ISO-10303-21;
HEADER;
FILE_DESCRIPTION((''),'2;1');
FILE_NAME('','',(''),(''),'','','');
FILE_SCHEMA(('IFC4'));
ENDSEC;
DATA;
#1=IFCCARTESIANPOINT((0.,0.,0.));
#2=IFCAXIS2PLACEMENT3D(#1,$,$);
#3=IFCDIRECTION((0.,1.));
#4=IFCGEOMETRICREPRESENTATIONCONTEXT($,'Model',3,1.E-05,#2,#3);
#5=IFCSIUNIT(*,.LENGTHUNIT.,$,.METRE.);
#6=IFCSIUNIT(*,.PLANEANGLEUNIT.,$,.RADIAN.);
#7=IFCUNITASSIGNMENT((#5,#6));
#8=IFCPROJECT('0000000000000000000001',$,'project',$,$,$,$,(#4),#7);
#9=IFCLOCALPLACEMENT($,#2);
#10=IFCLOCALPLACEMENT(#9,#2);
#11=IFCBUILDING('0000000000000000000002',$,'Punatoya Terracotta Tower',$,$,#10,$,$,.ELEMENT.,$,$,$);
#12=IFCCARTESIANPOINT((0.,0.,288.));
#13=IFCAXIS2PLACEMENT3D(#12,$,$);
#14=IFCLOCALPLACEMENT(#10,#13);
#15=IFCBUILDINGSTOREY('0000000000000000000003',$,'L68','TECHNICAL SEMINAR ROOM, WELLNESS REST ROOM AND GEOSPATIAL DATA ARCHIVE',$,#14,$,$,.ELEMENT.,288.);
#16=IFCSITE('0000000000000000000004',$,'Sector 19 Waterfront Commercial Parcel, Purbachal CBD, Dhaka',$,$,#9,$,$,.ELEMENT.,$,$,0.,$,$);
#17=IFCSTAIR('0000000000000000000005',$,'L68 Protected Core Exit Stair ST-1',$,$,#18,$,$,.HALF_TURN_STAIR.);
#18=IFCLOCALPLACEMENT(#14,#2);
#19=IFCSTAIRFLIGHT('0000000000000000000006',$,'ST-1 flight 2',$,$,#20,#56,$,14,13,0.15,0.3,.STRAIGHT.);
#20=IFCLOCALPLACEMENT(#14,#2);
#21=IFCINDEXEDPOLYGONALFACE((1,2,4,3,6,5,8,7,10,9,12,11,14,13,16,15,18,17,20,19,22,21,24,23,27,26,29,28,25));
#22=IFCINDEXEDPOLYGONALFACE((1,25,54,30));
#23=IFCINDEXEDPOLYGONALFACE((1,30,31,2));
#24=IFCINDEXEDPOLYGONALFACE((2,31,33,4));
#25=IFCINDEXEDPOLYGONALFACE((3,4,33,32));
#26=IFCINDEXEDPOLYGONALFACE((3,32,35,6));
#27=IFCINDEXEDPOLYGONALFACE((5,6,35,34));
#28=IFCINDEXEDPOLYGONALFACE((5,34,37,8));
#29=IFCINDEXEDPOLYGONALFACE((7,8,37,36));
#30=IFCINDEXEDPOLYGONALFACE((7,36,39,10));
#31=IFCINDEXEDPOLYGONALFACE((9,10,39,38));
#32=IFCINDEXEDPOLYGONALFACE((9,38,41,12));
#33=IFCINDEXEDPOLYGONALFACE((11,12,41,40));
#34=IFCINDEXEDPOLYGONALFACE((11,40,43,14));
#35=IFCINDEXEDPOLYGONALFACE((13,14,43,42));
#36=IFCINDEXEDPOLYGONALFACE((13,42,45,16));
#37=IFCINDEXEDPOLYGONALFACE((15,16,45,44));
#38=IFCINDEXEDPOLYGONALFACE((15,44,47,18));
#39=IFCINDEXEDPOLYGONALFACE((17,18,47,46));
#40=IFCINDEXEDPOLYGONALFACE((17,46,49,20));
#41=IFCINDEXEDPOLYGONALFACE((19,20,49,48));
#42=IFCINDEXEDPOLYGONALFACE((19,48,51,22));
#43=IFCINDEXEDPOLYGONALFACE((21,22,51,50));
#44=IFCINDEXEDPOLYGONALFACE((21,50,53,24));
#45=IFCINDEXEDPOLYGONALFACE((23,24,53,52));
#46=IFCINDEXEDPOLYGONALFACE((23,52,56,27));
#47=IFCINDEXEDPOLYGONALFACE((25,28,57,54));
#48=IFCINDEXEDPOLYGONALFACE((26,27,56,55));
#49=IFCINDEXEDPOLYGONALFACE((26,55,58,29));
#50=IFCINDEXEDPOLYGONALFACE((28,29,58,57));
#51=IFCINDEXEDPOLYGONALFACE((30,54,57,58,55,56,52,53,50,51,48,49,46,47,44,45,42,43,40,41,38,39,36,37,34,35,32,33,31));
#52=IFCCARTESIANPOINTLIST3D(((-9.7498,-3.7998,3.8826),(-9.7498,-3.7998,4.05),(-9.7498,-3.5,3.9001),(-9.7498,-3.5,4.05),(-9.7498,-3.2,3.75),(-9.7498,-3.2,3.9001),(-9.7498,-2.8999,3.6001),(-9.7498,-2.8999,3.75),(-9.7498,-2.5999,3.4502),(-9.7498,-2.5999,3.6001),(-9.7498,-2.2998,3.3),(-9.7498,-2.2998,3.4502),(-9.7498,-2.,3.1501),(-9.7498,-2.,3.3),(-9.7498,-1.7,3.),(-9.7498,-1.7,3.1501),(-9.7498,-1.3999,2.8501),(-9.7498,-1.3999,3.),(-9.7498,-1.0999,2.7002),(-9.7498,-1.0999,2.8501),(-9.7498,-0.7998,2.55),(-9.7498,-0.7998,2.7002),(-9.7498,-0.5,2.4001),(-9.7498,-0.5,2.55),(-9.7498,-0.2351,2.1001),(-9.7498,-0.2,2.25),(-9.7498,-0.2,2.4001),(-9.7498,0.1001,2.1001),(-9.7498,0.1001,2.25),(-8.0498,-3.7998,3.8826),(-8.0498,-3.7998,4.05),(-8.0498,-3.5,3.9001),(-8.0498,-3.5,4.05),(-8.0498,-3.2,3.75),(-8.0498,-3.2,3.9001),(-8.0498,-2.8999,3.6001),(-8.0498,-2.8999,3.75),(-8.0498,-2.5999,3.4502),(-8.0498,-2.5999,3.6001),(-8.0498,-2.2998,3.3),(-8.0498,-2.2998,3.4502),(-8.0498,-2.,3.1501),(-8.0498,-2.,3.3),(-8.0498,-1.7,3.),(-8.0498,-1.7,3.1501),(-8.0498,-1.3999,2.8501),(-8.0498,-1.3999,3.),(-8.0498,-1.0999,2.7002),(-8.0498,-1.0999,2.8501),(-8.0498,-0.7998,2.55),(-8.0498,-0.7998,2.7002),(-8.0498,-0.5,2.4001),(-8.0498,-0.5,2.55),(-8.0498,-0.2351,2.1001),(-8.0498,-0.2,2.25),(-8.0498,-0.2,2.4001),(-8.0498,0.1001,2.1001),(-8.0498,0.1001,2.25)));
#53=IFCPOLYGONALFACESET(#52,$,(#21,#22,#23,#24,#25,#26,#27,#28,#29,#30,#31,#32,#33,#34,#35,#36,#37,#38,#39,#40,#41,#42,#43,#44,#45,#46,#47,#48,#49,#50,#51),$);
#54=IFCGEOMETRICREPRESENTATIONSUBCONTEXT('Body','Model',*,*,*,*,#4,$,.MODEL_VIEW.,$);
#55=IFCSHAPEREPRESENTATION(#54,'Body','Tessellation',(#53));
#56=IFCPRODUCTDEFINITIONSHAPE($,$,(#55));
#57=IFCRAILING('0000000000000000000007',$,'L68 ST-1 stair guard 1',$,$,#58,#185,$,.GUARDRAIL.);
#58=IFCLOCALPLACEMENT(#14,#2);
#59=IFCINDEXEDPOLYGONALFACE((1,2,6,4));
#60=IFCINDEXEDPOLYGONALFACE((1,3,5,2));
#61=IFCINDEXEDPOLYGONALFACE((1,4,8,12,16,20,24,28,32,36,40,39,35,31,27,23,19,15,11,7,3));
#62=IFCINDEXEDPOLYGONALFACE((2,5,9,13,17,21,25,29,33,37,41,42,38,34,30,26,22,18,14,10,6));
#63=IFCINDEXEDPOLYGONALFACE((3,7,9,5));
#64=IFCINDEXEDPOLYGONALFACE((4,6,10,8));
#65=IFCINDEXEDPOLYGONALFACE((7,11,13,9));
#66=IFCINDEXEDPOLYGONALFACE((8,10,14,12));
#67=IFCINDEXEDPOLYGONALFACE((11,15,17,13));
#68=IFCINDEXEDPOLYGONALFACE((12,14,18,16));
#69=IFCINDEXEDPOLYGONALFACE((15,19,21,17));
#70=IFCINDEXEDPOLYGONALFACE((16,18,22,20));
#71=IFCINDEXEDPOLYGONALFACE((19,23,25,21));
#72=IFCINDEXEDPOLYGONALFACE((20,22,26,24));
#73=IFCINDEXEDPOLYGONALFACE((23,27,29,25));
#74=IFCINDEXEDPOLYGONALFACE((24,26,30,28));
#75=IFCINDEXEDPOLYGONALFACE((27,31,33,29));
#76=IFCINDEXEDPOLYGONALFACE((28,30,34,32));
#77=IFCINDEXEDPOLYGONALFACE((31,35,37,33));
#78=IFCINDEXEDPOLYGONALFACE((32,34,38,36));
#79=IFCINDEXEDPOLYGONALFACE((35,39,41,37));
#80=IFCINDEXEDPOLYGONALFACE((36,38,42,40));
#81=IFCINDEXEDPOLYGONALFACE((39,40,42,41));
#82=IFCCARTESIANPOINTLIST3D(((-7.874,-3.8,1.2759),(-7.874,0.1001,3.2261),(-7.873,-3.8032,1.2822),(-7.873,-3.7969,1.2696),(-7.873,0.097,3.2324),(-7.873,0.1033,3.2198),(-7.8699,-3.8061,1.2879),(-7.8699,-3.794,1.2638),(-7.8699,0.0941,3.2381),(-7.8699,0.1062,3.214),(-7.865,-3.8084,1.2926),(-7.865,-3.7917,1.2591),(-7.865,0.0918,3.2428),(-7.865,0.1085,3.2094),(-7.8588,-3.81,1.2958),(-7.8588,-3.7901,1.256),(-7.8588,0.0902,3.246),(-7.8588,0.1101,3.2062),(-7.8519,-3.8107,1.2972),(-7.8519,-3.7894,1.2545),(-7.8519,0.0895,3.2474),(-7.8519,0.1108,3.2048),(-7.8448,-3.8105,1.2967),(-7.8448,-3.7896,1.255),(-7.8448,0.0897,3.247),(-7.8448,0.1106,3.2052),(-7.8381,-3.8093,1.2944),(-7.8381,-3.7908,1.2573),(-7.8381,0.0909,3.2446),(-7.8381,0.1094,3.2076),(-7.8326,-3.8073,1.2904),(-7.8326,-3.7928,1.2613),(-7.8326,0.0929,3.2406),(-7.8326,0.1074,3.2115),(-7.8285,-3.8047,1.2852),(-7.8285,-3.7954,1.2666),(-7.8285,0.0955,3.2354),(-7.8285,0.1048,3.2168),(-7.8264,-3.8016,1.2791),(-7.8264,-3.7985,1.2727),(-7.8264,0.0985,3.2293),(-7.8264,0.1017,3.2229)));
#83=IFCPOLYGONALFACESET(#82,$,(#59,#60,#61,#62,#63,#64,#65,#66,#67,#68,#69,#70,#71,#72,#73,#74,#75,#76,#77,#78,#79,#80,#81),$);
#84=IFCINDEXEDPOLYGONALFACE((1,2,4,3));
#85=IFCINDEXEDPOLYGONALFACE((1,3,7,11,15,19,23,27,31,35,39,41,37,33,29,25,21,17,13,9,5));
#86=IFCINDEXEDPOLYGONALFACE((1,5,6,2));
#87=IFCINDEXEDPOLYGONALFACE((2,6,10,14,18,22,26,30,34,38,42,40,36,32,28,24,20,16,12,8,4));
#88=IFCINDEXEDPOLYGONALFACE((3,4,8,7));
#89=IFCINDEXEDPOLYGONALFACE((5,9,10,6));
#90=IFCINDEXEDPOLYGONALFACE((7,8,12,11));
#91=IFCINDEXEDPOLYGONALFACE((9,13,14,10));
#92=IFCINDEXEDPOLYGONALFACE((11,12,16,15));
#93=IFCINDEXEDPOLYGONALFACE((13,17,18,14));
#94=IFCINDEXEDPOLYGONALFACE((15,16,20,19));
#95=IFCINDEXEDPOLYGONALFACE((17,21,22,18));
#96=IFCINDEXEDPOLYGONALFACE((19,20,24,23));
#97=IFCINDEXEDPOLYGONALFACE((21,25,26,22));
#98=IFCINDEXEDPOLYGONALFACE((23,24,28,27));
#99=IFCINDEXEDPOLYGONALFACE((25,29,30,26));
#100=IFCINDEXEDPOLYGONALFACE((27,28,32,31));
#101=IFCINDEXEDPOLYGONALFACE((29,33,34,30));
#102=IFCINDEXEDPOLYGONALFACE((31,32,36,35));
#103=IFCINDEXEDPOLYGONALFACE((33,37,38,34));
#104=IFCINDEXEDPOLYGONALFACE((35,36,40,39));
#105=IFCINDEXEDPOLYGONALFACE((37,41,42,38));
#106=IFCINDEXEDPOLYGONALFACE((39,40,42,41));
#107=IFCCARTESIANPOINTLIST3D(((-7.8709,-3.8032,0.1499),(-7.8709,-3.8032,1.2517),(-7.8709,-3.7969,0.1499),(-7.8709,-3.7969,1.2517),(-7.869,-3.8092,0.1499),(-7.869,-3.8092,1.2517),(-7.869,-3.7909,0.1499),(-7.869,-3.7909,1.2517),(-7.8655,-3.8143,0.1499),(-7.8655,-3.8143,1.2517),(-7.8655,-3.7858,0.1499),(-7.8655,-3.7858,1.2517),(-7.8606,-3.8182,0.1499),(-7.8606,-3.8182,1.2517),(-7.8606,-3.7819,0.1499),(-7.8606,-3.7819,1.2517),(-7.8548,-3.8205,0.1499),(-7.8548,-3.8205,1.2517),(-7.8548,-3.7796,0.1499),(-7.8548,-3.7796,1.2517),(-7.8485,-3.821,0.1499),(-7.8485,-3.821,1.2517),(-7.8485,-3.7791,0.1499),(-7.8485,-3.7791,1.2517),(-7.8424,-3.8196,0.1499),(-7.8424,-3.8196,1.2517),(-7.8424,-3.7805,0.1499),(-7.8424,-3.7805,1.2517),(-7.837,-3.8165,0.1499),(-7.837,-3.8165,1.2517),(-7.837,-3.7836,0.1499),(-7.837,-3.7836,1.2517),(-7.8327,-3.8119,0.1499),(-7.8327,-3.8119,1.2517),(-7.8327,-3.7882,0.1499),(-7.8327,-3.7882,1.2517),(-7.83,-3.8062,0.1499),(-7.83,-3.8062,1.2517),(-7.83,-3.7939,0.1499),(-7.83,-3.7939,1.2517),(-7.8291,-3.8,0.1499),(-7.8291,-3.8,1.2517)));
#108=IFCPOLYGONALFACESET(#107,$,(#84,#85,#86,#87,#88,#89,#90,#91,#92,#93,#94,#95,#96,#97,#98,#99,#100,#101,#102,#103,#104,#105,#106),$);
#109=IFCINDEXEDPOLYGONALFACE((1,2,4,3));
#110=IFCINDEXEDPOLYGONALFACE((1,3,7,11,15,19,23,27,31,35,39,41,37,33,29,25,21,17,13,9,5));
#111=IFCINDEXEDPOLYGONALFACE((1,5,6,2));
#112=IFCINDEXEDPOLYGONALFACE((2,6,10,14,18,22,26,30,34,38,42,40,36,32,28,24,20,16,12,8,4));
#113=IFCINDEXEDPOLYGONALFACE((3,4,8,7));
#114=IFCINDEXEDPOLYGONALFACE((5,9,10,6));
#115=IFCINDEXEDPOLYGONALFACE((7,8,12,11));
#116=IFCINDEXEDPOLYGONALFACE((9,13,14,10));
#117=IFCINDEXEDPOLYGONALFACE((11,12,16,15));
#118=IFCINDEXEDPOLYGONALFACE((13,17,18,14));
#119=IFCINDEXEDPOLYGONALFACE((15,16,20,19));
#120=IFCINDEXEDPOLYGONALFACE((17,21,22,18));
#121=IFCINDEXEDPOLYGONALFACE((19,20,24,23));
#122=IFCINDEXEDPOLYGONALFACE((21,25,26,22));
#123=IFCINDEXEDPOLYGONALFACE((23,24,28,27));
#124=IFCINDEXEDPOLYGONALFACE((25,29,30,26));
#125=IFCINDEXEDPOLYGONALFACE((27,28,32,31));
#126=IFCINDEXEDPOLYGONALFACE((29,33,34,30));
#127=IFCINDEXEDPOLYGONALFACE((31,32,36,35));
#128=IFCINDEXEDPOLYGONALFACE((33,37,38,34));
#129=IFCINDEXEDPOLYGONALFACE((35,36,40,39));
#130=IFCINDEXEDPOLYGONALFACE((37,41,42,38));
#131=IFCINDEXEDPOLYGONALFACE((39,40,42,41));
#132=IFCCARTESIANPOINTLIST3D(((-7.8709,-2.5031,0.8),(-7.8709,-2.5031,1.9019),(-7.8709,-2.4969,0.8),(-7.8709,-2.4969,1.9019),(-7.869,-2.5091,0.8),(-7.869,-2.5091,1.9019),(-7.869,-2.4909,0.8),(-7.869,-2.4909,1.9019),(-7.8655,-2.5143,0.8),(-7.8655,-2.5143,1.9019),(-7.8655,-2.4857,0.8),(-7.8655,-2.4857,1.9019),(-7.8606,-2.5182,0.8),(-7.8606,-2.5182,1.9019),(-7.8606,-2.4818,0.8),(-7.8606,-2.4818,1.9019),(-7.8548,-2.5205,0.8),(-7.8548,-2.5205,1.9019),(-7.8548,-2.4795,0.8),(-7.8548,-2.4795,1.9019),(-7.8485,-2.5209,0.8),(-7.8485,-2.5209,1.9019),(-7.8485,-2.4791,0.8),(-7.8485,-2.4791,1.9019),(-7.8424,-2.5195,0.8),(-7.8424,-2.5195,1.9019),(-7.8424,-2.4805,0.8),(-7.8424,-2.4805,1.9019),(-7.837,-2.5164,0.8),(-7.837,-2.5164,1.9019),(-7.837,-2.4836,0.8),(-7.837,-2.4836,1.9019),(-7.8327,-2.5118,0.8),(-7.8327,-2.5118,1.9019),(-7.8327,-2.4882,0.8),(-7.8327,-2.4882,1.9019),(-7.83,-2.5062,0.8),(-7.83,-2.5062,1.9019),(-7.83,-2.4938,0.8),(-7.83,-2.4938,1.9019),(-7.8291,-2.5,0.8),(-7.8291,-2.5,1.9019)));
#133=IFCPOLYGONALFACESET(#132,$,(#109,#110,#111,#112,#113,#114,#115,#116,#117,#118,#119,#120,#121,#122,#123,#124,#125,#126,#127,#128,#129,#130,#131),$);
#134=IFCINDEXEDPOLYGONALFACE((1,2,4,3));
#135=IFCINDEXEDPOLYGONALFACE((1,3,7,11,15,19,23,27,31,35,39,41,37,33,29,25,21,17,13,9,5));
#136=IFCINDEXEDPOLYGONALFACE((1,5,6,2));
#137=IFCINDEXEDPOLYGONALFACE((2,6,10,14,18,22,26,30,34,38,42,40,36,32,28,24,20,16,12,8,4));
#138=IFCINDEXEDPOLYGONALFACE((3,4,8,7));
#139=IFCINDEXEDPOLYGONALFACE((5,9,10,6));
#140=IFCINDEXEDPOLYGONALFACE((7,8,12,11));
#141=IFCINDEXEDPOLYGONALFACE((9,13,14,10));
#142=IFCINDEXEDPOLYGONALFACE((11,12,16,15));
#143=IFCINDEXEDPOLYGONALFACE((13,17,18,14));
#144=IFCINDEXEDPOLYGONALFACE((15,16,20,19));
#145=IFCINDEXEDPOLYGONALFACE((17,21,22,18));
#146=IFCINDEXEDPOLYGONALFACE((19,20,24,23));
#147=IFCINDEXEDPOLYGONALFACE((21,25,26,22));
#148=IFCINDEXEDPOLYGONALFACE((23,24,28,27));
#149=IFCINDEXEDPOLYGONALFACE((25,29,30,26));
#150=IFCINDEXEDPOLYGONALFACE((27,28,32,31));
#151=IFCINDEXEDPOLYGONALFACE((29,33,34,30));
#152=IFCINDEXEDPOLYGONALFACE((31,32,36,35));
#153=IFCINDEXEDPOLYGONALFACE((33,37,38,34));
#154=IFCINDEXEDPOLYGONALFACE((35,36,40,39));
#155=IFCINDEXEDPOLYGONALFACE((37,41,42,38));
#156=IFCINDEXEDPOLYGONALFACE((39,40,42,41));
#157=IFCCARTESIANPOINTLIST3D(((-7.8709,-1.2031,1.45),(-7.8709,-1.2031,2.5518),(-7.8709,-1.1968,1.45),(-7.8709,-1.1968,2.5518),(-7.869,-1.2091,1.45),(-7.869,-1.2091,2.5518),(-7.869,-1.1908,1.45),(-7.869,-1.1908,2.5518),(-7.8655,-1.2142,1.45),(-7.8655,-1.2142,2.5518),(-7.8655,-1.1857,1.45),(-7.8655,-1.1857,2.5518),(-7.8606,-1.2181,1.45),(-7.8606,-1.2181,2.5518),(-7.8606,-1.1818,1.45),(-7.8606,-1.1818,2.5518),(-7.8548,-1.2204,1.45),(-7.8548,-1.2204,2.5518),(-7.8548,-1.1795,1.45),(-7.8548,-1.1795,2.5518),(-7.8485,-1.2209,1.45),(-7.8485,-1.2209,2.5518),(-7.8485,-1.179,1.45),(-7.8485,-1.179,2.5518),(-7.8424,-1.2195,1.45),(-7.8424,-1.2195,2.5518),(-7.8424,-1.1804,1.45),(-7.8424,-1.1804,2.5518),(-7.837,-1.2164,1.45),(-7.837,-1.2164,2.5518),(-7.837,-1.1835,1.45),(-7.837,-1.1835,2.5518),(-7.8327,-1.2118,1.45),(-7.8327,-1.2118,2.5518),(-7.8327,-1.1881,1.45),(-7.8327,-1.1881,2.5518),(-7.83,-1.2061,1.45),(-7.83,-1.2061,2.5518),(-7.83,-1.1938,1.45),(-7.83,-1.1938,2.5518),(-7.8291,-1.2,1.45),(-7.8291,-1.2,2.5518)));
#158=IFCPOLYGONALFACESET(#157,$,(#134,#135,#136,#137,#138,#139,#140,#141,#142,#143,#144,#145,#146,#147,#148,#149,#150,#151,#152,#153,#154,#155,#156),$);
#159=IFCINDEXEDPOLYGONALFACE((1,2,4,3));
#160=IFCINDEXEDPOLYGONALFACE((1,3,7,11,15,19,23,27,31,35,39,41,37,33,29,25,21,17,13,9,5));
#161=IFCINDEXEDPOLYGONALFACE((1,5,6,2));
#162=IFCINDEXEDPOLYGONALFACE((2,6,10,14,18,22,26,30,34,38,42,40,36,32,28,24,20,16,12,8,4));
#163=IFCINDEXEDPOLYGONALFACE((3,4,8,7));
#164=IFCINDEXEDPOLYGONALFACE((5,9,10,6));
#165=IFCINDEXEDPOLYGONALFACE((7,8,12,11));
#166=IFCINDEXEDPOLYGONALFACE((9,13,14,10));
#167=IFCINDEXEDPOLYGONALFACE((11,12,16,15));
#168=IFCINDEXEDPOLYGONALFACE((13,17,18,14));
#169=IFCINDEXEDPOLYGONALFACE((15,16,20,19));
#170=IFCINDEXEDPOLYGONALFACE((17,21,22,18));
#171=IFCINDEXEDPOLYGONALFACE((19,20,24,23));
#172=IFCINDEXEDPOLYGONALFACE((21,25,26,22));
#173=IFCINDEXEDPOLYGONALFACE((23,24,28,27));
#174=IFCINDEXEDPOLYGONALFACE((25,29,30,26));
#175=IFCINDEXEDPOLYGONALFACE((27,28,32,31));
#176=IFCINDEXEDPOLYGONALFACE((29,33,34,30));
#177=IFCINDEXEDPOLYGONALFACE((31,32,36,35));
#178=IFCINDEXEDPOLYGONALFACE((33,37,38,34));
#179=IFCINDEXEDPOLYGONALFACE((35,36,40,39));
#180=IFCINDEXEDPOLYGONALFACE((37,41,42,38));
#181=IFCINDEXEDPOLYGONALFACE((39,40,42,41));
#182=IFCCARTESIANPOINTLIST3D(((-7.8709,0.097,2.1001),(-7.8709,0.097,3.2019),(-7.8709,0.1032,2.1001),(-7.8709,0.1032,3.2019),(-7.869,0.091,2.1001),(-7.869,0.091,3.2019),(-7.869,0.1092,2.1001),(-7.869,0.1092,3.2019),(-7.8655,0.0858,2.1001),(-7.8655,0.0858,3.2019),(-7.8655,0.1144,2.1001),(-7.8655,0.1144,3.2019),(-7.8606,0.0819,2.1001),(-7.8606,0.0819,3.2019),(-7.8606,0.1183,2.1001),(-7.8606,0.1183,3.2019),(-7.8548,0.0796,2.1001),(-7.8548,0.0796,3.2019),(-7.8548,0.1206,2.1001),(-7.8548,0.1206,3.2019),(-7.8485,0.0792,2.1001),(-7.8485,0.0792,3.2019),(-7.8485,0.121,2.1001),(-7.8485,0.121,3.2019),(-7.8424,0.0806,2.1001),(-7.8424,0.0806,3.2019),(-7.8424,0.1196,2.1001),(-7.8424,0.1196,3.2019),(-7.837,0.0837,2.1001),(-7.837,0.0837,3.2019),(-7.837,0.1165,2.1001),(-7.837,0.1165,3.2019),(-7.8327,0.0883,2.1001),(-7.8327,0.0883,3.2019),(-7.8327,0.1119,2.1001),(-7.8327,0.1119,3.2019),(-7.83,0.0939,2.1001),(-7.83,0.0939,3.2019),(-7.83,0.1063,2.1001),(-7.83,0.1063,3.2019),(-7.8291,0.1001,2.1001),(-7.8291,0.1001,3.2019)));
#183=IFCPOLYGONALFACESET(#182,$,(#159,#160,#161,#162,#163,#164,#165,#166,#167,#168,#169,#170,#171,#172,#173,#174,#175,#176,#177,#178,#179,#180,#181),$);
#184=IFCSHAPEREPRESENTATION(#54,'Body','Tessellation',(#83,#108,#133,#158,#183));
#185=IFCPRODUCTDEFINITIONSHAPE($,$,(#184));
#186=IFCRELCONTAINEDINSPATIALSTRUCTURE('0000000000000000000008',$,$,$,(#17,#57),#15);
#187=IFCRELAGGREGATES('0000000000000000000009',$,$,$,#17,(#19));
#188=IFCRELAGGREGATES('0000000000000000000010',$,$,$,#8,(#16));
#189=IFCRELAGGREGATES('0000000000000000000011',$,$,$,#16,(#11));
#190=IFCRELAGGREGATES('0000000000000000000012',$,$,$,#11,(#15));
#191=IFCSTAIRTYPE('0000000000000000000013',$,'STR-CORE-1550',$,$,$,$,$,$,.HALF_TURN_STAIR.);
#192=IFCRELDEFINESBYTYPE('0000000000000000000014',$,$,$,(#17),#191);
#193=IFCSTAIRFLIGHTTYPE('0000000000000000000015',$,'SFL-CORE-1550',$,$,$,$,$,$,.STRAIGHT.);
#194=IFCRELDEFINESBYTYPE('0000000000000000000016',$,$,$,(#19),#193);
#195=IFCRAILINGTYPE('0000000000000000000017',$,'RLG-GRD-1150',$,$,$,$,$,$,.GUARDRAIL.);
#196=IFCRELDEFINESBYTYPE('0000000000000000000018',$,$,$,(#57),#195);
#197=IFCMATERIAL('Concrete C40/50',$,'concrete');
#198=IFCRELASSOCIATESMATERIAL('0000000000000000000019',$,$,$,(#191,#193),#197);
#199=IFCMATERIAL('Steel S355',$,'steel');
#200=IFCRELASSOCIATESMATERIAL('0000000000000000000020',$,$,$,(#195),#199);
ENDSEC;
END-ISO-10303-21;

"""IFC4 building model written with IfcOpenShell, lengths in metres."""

from ifc_helpers import new_model, si_unit, direction, frame, origin, origin_2d, place, context, subcontext, project, spatial, polyline, circle, outline, extrude, material, type_object, element, aggregate, save


model = new_model("IFC4")

# Units and contexts
model_context = context("Model", 3, precision=1e-05, world=origin(), true_north=direction((0.0, 1.0)))
body_context = subcontext(model_context, "Body", "Model", "MODEL_VIEW")
ifc_project = project(units=[si_unit("LENGTHUNIT", "METRE"), si_unit("PLANEANGLEUNIT", "RADIAN")], contexts=[model_context])

# Site, building, storey
site_placement = place(None, origin())
site = spatial("IfcSite", under=ifc_project, at=site_placement, Name="Sector 19 Waterfront Commercial Parcel, Purbachal CBD, Dhaka", CompositionType="ELEMENT", RefElevation=0.0)
building_placement = place(site_placement, origin())
building = spatial("IfcBuilding", under=site, at=building_placement, Name="Punatoya Terracotta Tower", CompositionType="ELEMENT")
storey_placement = place(building_placement, frame((0.0, 0.0, 288.0)))
storey = spatial("IfcBuildingStorey", under=building, at=storey_placement, Name="L68", Description="TECHNICAL SEMINAR ROOM, WELLNESS REST ROOM AND GEOSPATIAL DATA ARCHIVE", CompositionType="ELEMENT", Elevation=288.0)

# Shared definitions
ifc_material_1 = material(Name="Steel S355", Category="steel")

# Shared definitions
ifc_material_2 = material(Name="Concrete C40/50", Category="concrete")

# Stair, stair flight
stair_type = type_object("IfcStairType", Name="STR-CORE-1550", PredefinedType="HALF_TURN_STAIR", material=ifc_material_2)
stair_placement = place(storey_placement, origin())
stair = element("IfcStair", 1, at=stair_placement, inside=storey, type_object=stair_type, Name="L68 Protected Core Exit Stair ST-1", PredefinedType="HALF_TURN_STAIR")
stair_flight_type = type_object("IfcStairFlightType", Name="SFL-CORE-1550", PredefinedType="STRAIGHT", material=ifc_material_2)
stair_flight_1_placement = place(storey_placement, frame((-8.8999, 0.1001, 2.1001), z_axis=(0.0, 0.0, 1.0), x_axis=(0.0, -1.0, 0.0)))
stair_flight_1 = element("IfcStairFlight", 2, at=stair_flight_1_placement, type_object=stair_flight_type, Name="ST-1 flight 2", NumberOfRisers=14, NumberOfTreads=13, PredefinedType="STRAIGHT", RiserHeight=0.15, TreadLength=0.3, context=body_context, shape_type="SweptSolid", body=[
    extrude(outline(polyline([(0.0, 0.0), (0.0, 0.1499), (0.3, 0.1499), (0.3, 0.3), (0.6001, 0.3), (0.6001, 0.45), (0.8999, 0.45), (0.8999, 0.6001), (1.2, 0.6001), (1.2, 0.75), (1.5, 0.75), (1.5, 0.8999), (1.8, 0.8999), (1.8, 1.05), (2.1001, 1.05), (2.1001, 1.2), (2.3999, 1.2), (2.3999, 1.3501), (2.7, 1.3501), (2.7, 1.5), (3.0, 1.5), (3.0, 1.6499), (3.3, 1.6499), (3.3, 1.8), (3.6001, 1.8), (3.6001, 1.95), (3.8999, 1.95), (3.8999, 2.1001), (3.8999, 1.7825), (0.3352, 0.0), (0.0, 0.0)])), frame((0.0, 0.8501, 0.0), z_axis=(0.0, -1.0, 0.0), x_axis=(1.0, 0.0, 0.0)), (0.0, 0.0, 1.0), 1.7),
])
aggregate(stair, [stair_flight_1])

# Railing
railing_type_1 = type_object("IfcRailingType", Name="RLG-GRD-1150", PredefinedType="GUARDRAIL", material=ifc_material_1)
railing_1_placement = place(storey_placement, frame((-7.8501, -3.8, 0.1499)))
element("IfcRailing", 3, at=railing_1_placement, inside=storey, type_object=railing_type_1, Name="L68 ST-1 stair guard 1", PredefinedType="GUARDRAIL", context=body_context, shape_type="SweptSolid", body=[
    extrude(circle(Radius=0.0239, at=origin_2d()), frame((0.0, 0.0, 1.126), z_axis=(0.0, 0.894416, 0.447236), x_axis=(-1.0, 0.0, 0.0)), (0.0, 0.0, 1.0), 4.3606),
    extrude(circle(Radius=0.021, at=origin_2d()), origin(), (0.0, 0.0, 1.0), 1.1018),
    extrude(circle(Radius=0.021, at=origin_2d()), frame((0.0, 1.3, 0.6501)), (0.0, 0.0, 1.0), 1.1018),
    extrude(circle(Radius=0.021, at=origin_2d()), frame((0.0, 2.6001, 1.3)), (0.0, 0.0, 1.0), 1.1018),
    extrude(circle(Radius=0.021, at=origin_2d()), frame((0.0, 3.9001, 1.9502)), (0.0, 0.0, 1.0), 1.1018),
])

save(model, "model.ifc")
